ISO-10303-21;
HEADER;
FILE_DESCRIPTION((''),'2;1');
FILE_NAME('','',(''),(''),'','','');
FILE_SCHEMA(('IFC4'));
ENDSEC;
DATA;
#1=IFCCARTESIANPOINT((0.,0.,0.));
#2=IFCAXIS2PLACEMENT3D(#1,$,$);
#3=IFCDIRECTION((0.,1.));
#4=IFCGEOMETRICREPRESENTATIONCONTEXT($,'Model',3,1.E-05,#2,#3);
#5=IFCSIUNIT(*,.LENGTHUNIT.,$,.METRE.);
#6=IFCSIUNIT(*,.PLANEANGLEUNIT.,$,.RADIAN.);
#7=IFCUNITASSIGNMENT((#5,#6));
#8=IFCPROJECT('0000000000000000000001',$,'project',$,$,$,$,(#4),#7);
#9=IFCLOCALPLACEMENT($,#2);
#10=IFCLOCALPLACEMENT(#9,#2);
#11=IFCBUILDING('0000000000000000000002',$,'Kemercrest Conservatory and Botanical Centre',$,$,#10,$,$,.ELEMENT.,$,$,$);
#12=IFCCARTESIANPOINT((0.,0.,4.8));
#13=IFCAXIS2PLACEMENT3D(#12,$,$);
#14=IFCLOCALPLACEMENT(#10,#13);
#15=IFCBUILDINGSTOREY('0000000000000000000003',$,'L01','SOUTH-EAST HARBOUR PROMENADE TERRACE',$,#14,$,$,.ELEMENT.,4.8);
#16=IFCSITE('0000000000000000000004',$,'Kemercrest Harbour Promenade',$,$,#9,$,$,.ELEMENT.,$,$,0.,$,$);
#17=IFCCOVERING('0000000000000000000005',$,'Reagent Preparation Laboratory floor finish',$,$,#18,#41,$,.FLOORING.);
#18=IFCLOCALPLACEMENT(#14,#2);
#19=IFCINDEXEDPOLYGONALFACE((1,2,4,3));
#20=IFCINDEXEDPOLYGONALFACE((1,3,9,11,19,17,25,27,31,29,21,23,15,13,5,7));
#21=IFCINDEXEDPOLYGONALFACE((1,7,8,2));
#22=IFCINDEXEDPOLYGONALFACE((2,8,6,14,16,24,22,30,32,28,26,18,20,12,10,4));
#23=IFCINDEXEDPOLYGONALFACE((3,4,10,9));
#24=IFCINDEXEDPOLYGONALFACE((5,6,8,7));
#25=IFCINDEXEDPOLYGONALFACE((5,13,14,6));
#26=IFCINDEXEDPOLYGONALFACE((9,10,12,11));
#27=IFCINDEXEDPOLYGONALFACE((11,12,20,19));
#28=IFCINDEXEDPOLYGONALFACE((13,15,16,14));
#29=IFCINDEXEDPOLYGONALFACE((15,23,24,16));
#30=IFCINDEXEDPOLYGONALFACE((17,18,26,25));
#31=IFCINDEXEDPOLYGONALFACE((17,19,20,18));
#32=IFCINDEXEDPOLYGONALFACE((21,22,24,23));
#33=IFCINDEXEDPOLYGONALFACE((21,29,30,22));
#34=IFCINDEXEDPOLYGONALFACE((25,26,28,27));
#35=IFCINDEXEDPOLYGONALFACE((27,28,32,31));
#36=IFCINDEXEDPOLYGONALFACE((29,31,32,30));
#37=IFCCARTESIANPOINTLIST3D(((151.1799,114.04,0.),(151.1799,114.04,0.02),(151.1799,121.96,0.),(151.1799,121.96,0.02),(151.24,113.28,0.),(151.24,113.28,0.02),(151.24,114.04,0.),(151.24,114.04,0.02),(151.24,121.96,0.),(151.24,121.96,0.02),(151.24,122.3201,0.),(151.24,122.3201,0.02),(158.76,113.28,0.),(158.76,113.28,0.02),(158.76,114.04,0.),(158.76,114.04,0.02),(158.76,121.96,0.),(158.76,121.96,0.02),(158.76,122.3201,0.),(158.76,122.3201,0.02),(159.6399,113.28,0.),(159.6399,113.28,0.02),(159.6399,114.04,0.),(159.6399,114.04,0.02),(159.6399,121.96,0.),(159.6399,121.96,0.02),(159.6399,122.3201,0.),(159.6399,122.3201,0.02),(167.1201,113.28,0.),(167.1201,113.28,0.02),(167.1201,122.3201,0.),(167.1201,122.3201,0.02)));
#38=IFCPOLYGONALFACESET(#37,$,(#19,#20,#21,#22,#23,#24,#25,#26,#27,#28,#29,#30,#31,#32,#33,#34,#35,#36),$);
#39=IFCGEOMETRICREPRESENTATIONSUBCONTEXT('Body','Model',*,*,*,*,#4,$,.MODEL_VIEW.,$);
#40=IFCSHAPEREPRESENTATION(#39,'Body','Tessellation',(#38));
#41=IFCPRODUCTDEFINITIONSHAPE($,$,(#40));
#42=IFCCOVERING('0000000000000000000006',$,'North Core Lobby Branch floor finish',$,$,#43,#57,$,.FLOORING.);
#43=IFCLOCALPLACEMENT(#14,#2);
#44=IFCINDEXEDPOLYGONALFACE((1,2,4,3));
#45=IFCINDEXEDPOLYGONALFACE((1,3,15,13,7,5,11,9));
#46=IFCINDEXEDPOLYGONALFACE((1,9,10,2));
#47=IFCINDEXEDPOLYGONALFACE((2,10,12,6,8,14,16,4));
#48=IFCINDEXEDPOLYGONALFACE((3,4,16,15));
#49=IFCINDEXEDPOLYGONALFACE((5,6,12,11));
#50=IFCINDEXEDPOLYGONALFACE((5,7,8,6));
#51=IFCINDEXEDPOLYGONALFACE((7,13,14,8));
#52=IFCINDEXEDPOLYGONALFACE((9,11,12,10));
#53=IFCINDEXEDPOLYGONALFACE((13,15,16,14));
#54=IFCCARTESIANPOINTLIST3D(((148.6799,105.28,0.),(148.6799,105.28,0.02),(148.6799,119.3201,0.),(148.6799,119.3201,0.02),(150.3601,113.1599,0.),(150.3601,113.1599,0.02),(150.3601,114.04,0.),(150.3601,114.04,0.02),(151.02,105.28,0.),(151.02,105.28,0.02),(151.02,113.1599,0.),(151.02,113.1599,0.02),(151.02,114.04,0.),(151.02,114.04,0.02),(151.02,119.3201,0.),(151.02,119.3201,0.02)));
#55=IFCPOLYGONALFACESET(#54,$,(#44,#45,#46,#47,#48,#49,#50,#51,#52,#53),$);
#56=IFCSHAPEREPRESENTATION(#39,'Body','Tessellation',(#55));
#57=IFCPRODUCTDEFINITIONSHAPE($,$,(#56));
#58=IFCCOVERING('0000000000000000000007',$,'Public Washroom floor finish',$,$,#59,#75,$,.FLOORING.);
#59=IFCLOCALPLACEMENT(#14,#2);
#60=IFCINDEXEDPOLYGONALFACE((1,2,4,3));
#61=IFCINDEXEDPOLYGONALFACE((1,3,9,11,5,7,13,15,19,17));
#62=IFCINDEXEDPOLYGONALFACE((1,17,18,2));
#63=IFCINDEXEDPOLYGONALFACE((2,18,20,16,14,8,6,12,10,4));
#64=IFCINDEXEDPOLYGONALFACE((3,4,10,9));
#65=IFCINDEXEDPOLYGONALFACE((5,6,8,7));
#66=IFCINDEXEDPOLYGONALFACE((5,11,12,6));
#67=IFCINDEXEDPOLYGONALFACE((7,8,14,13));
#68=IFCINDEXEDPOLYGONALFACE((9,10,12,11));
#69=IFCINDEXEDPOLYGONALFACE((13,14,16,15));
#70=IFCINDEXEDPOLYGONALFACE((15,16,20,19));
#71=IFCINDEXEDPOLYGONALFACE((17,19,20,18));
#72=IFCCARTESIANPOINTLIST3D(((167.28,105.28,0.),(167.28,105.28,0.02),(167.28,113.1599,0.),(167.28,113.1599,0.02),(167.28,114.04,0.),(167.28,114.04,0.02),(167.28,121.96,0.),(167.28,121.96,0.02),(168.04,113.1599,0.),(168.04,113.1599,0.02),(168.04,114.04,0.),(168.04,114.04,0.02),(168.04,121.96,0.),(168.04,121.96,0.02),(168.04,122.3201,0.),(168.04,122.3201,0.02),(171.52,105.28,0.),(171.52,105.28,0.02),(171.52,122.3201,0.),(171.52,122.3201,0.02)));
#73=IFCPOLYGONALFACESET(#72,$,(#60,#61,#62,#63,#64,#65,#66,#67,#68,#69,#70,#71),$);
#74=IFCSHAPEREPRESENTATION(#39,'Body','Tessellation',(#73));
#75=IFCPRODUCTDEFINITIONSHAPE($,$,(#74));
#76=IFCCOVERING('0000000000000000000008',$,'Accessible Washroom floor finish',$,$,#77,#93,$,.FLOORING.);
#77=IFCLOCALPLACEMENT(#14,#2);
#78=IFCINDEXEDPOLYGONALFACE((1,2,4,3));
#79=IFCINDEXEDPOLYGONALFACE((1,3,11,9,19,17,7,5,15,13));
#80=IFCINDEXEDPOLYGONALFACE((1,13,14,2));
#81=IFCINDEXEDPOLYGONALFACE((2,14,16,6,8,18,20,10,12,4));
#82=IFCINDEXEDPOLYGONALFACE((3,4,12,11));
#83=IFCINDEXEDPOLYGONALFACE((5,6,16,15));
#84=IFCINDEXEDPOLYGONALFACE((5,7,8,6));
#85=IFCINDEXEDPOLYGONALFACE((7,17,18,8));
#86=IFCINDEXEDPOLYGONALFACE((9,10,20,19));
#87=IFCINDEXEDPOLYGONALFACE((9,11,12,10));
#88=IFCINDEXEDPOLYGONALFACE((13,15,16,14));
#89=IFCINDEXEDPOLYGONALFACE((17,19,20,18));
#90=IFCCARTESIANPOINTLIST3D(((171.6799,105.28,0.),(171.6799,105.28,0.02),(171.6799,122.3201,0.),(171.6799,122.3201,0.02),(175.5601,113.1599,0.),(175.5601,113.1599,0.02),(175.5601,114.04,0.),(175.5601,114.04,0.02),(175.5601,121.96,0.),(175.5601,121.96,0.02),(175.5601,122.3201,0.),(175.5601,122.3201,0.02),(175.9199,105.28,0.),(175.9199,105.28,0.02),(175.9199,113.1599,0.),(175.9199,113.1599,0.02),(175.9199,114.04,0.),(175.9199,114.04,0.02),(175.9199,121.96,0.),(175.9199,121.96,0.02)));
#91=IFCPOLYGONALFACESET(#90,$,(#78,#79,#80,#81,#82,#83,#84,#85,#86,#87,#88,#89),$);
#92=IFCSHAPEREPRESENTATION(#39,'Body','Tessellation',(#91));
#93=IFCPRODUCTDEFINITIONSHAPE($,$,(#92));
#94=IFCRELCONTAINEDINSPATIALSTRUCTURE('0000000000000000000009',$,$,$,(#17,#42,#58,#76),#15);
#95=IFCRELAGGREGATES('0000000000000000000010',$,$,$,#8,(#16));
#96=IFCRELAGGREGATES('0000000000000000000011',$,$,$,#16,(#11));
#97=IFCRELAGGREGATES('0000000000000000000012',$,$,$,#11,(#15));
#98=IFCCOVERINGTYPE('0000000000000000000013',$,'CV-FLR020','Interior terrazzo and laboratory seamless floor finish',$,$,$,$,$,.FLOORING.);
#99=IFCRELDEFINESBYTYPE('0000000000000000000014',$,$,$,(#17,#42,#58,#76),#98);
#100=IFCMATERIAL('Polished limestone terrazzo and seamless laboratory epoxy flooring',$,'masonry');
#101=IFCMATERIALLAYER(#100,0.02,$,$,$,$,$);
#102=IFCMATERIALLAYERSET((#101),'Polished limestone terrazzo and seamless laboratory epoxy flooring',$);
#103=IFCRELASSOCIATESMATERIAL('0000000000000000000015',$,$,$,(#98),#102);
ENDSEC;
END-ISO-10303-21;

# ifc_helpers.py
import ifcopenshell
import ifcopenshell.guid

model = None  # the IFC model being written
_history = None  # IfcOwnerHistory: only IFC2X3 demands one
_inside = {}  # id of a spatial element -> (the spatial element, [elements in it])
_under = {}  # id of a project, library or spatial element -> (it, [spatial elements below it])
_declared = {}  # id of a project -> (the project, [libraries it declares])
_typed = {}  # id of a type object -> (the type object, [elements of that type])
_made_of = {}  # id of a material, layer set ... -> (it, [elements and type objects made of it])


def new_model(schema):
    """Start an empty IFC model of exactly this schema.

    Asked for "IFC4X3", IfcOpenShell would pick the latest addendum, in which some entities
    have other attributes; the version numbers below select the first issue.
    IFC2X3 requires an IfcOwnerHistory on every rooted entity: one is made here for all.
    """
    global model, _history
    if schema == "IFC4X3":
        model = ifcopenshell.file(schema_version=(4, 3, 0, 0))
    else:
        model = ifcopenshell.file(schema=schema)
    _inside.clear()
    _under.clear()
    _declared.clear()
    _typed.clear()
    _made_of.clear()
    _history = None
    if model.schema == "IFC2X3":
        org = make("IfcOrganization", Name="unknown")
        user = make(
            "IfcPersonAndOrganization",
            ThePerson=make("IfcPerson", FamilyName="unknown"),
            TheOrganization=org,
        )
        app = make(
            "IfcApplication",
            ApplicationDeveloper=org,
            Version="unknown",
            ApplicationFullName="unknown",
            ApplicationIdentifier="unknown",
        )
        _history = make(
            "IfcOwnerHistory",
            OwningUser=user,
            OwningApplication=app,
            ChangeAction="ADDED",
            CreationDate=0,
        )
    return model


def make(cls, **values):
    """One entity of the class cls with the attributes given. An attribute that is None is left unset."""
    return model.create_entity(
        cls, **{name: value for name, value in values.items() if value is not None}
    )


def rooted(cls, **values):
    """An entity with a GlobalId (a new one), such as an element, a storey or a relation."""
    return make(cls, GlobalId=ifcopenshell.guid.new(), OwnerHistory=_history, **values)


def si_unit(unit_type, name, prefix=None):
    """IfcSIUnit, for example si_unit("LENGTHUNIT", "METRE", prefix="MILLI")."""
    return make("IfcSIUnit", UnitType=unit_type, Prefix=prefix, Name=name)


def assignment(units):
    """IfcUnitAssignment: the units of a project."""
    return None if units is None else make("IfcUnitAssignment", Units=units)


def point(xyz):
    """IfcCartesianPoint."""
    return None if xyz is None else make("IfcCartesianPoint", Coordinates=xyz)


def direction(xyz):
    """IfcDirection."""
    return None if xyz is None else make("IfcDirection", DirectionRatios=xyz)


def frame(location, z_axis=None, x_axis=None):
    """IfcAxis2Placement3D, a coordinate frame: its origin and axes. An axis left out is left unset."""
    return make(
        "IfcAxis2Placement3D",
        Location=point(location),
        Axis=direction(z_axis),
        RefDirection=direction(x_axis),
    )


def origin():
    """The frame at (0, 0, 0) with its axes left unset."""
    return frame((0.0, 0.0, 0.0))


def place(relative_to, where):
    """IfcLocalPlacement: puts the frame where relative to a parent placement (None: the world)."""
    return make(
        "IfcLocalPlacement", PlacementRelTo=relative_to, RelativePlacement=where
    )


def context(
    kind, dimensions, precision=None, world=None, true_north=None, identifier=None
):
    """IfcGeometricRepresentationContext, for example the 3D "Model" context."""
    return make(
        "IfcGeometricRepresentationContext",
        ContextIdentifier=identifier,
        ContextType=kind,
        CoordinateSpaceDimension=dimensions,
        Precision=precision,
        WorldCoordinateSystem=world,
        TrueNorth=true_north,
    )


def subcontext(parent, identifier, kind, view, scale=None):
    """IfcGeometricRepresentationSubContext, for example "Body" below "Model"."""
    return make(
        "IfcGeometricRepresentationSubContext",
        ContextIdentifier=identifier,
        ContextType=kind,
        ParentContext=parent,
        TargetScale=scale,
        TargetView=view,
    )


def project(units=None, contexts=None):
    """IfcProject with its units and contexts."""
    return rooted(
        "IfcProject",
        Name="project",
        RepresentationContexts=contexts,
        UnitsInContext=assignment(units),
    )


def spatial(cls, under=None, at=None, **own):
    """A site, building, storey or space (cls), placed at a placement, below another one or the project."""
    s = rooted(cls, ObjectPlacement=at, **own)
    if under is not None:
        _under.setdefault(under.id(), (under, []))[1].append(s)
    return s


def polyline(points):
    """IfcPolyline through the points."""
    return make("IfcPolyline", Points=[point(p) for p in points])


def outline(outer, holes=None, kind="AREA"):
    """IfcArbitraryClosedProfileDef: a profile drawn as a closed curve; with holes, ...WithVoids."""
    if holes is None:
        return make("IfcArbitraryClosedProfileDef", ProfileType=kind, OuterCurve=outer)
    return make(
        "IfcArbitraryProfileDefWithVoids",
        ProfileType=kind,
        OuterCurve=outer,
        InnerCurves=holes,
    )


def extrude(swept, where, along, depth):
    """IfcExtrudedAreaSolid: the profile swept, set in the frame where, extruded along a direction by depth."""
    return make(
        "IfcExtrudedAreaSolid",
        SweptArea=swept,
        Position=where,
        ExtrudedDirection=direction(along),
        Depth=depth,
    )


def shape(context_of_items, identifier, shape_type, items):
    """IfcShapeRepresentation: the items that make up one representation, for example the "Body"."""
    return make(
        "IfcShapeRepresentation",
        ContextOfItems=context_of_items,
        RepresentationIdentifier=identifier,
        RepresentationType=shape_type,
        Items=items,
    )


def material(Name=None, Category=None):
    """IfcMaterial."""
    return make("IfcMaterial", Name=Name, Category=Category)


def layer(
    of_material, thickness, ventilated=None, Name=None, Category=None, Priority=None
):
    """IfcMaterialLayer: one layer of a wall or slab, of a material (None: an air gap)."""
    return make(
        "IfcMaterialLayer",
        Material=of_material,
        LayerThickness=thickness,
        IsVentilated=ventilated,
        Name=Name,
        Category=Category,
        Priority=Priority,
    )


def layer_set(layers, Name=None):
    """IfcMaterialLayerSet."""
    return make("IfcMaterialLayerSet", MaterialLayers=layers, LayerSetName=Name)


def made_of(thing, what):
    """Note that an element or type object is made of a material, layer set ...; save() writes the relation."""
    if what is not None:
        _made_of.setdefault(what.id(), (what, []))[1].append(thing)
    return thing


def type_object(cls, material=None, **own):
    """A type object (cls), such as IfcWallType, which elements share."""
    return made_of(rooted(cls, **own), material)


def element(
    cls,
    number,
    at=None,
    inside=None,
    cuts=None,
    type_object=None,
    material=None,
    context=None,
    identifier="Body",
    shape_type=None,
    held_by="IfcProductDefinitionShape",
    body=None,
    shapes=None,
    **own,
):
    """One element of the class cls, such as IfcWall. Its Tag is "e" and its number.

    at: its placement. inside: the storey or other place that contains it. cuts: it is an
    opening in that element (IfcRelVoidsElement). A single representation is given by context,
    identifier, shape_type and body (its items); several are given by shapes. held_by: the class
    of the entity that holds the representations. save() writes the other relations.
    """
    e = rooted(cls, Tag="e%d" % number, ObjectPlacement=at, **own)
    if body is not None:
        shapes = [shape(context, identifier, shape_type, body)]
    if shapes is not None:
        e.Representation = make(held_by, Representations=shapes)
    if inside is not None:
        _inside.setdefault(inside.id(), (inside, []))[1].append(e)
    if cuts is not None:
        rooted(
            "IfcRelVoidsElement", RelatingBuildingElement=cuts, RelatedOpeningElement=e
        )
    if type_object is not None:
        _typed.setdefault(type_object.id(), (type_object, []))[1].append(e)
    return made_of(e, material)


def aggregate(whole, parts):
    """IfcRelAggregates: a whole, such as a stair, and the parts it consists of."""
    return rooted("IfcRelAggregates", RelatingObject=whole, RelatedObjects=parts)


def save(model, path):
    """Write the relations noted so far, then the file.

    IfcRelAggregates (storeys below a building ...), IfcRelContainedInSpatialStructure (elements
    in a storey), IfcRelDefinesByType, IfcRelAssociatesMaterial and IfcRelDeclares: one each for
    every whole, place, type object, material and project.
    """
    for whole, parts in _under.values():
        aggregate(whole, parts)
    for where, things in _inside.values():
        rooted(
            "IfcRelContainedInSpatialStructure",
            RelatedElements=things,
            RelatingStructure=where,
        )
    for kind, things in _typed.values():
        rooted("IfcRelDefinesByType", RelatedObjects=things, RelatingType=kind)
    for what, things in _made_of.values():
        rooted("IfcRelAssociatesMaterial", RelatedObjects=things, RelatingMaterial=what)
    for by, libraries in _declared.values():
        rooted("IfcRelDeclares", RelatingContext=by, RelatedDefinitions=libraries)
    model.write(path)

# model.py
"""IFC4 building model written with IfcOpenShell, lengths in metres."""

from ifc_helpers import new_model, si_unit, direction, frame, origin, place, context, subcontext, project, spatial, polyline, outline, extrude, material, layer, layer_set, type_object, element, save


model = new_model("IFC4")

# Units and contexts
model_context = context("Model", 3, precision=1e-05, world=origin(), true_north=direction((0.0, 1.0)))
body_context = subcontext(model_context, "Body", "Model", "MODEL_VIEW")
ifc_project = project(units=[si_unit("LENGTHUNIT", "METRE"), si_unit("PLANEANGLEUNIT", "RADIAN")], contexts=[model_context])

# Site, building, storey
site_placement = place(None, origin())
site = spatial("IfcSite", under=ifc_project, at=site_placement, Name="Kemercrest Harbour Promenade", CompositionType="ELEMENT", RefElevation=0.0)
building_placement = place(site_placement, origin())
building = spatial("IfcBuilding", under=site, at=building_placement, Name="Kemercrest Conservatory and Botanical Centre", CompositionType="ELEMENT")
storey_placement = place(building_placement, frame((0.0, 0.0, 4.8)))
storey = spatial("IfcBuildingStorey", under=building, at=storey_placement, Name="L01", Description="SOUTH-EAST HARBOUR PROMENADE TERRACE", CompositionType="ELEMENT", Elevation=4.8)

# Coverings
ifc_material_1 = material(Name="Polished limestone terrazzo and seamless laboratory epoxy flooring", Category="masonry")
ifc_layer_1 = layer(ifc_material_1, 0.02)
ifc_layer_set_1 = layer_set([ifc_layer_1], Name="Polished limestone terrazzo and seamless laboratory epoxy flooring")
covering_type_1 = type_object("IfcCoveringType", Name="CV-FLR020", Description="Interior terrazzo and laboratory seamless floor finish", PredefinedType="FLOORING", material=ifc_layer_set_1)
covering_1_placement = place(storey_placement, origin())
element("IfcCovering", 1, at=covering_1_placement, inside=storey, type_object=covering_type_1, Name="Reagent Preparation Laboratory floor finish", PredefinedType="FLOORING", context=body_context, shape_type="SweptSolid", body=[
    extrude(outline(polyline([(159.6399, 113.28), (167.1201, 113.28), (167.1201, 122.3201), (159.6399, 122.3201), (159.6399, 121.96), (158.76, 121.96), (158.76, 122.3201), (151.24, 122.3201), (151.24, 121.96), (151.1799, 121.96), (151.1799, 114.04), (151.24, 114.04), (151.24, 113.28), (158.76, 113.28), (158.76, 114.04), (159.6399, 114.04), (159.6399, 113.28)])), origin(), (0.0, 0.0, 1.0), 0.02),
])
covering_2_placement = place(storey_placement, origin())
element("IfcCovering", 2, at=covering_2_placement, inside=storey, type_object=covering_type_1, Name="North Core Lobby Branch floor finish", PredefinedType="FLOORING", context=body_context, shape_type="SweptSolid", body=[
    extrude(outline(polyline([(148.6799, 105.28), (151.02, 105.28), (151.02, 113.1599), (150.3601, 113.1599), (150.3601, 114.04), (151.02, 114.04), (151.02, 119.3201), (148.6799, 119.3201), (148.6799, 105.28)])), origin(), (0.0, 0.0, 1.0), 0.02),
])
covering_3_placement = place(storey_placement, origin())
element("IfcCovering", 3, at=covering_3_placement, inside=storey, type_object=covering_type_1, Name="Public Washroom floor finish", PredefinedType="FLOORING", context=body_context, shape_type="SweptSolid", body=[
    extrude(outline(polyline([(167.28, 105.28), (171.52, 105.28), (171.52, 122.3201), (168.04, 122.3201), (168.04, 121.96), (167.28, 121.96), (167.28, 114.04), (168.04, 114.04), (168.04, 113.1599), (167.28, 113.1599), (167.28, 105.28)])), origin(), (0.0, 0.0, 1.0), 0.02),
])
covering_4_placement = place(storey_placement, origin())
element("IfcCovering", 4, at=covering_4_placement, inside=storey, type_object=covering_type_1, Name="Accessible Washroom floor finish", PredefinedType="FLOORING", context=body_context, shape_type="SweptSolid", body=[
    extrude(outline(polyline([(171.6799, 105.28), (175.9199, 105.28), (175.9199, 113.1599), (175.5601, 113.1599), (175.5601, 114.04), (175.9199, 114.04), (175.9199, 121.96), (175.5601, 121.96), (175.5601, 122.3201), (171.6799, 122.3201), (171.6799, 105.28)])), origin(), (0.0, 0.0, 1.0), 0.02),
])

save(model, "model.ifc")
